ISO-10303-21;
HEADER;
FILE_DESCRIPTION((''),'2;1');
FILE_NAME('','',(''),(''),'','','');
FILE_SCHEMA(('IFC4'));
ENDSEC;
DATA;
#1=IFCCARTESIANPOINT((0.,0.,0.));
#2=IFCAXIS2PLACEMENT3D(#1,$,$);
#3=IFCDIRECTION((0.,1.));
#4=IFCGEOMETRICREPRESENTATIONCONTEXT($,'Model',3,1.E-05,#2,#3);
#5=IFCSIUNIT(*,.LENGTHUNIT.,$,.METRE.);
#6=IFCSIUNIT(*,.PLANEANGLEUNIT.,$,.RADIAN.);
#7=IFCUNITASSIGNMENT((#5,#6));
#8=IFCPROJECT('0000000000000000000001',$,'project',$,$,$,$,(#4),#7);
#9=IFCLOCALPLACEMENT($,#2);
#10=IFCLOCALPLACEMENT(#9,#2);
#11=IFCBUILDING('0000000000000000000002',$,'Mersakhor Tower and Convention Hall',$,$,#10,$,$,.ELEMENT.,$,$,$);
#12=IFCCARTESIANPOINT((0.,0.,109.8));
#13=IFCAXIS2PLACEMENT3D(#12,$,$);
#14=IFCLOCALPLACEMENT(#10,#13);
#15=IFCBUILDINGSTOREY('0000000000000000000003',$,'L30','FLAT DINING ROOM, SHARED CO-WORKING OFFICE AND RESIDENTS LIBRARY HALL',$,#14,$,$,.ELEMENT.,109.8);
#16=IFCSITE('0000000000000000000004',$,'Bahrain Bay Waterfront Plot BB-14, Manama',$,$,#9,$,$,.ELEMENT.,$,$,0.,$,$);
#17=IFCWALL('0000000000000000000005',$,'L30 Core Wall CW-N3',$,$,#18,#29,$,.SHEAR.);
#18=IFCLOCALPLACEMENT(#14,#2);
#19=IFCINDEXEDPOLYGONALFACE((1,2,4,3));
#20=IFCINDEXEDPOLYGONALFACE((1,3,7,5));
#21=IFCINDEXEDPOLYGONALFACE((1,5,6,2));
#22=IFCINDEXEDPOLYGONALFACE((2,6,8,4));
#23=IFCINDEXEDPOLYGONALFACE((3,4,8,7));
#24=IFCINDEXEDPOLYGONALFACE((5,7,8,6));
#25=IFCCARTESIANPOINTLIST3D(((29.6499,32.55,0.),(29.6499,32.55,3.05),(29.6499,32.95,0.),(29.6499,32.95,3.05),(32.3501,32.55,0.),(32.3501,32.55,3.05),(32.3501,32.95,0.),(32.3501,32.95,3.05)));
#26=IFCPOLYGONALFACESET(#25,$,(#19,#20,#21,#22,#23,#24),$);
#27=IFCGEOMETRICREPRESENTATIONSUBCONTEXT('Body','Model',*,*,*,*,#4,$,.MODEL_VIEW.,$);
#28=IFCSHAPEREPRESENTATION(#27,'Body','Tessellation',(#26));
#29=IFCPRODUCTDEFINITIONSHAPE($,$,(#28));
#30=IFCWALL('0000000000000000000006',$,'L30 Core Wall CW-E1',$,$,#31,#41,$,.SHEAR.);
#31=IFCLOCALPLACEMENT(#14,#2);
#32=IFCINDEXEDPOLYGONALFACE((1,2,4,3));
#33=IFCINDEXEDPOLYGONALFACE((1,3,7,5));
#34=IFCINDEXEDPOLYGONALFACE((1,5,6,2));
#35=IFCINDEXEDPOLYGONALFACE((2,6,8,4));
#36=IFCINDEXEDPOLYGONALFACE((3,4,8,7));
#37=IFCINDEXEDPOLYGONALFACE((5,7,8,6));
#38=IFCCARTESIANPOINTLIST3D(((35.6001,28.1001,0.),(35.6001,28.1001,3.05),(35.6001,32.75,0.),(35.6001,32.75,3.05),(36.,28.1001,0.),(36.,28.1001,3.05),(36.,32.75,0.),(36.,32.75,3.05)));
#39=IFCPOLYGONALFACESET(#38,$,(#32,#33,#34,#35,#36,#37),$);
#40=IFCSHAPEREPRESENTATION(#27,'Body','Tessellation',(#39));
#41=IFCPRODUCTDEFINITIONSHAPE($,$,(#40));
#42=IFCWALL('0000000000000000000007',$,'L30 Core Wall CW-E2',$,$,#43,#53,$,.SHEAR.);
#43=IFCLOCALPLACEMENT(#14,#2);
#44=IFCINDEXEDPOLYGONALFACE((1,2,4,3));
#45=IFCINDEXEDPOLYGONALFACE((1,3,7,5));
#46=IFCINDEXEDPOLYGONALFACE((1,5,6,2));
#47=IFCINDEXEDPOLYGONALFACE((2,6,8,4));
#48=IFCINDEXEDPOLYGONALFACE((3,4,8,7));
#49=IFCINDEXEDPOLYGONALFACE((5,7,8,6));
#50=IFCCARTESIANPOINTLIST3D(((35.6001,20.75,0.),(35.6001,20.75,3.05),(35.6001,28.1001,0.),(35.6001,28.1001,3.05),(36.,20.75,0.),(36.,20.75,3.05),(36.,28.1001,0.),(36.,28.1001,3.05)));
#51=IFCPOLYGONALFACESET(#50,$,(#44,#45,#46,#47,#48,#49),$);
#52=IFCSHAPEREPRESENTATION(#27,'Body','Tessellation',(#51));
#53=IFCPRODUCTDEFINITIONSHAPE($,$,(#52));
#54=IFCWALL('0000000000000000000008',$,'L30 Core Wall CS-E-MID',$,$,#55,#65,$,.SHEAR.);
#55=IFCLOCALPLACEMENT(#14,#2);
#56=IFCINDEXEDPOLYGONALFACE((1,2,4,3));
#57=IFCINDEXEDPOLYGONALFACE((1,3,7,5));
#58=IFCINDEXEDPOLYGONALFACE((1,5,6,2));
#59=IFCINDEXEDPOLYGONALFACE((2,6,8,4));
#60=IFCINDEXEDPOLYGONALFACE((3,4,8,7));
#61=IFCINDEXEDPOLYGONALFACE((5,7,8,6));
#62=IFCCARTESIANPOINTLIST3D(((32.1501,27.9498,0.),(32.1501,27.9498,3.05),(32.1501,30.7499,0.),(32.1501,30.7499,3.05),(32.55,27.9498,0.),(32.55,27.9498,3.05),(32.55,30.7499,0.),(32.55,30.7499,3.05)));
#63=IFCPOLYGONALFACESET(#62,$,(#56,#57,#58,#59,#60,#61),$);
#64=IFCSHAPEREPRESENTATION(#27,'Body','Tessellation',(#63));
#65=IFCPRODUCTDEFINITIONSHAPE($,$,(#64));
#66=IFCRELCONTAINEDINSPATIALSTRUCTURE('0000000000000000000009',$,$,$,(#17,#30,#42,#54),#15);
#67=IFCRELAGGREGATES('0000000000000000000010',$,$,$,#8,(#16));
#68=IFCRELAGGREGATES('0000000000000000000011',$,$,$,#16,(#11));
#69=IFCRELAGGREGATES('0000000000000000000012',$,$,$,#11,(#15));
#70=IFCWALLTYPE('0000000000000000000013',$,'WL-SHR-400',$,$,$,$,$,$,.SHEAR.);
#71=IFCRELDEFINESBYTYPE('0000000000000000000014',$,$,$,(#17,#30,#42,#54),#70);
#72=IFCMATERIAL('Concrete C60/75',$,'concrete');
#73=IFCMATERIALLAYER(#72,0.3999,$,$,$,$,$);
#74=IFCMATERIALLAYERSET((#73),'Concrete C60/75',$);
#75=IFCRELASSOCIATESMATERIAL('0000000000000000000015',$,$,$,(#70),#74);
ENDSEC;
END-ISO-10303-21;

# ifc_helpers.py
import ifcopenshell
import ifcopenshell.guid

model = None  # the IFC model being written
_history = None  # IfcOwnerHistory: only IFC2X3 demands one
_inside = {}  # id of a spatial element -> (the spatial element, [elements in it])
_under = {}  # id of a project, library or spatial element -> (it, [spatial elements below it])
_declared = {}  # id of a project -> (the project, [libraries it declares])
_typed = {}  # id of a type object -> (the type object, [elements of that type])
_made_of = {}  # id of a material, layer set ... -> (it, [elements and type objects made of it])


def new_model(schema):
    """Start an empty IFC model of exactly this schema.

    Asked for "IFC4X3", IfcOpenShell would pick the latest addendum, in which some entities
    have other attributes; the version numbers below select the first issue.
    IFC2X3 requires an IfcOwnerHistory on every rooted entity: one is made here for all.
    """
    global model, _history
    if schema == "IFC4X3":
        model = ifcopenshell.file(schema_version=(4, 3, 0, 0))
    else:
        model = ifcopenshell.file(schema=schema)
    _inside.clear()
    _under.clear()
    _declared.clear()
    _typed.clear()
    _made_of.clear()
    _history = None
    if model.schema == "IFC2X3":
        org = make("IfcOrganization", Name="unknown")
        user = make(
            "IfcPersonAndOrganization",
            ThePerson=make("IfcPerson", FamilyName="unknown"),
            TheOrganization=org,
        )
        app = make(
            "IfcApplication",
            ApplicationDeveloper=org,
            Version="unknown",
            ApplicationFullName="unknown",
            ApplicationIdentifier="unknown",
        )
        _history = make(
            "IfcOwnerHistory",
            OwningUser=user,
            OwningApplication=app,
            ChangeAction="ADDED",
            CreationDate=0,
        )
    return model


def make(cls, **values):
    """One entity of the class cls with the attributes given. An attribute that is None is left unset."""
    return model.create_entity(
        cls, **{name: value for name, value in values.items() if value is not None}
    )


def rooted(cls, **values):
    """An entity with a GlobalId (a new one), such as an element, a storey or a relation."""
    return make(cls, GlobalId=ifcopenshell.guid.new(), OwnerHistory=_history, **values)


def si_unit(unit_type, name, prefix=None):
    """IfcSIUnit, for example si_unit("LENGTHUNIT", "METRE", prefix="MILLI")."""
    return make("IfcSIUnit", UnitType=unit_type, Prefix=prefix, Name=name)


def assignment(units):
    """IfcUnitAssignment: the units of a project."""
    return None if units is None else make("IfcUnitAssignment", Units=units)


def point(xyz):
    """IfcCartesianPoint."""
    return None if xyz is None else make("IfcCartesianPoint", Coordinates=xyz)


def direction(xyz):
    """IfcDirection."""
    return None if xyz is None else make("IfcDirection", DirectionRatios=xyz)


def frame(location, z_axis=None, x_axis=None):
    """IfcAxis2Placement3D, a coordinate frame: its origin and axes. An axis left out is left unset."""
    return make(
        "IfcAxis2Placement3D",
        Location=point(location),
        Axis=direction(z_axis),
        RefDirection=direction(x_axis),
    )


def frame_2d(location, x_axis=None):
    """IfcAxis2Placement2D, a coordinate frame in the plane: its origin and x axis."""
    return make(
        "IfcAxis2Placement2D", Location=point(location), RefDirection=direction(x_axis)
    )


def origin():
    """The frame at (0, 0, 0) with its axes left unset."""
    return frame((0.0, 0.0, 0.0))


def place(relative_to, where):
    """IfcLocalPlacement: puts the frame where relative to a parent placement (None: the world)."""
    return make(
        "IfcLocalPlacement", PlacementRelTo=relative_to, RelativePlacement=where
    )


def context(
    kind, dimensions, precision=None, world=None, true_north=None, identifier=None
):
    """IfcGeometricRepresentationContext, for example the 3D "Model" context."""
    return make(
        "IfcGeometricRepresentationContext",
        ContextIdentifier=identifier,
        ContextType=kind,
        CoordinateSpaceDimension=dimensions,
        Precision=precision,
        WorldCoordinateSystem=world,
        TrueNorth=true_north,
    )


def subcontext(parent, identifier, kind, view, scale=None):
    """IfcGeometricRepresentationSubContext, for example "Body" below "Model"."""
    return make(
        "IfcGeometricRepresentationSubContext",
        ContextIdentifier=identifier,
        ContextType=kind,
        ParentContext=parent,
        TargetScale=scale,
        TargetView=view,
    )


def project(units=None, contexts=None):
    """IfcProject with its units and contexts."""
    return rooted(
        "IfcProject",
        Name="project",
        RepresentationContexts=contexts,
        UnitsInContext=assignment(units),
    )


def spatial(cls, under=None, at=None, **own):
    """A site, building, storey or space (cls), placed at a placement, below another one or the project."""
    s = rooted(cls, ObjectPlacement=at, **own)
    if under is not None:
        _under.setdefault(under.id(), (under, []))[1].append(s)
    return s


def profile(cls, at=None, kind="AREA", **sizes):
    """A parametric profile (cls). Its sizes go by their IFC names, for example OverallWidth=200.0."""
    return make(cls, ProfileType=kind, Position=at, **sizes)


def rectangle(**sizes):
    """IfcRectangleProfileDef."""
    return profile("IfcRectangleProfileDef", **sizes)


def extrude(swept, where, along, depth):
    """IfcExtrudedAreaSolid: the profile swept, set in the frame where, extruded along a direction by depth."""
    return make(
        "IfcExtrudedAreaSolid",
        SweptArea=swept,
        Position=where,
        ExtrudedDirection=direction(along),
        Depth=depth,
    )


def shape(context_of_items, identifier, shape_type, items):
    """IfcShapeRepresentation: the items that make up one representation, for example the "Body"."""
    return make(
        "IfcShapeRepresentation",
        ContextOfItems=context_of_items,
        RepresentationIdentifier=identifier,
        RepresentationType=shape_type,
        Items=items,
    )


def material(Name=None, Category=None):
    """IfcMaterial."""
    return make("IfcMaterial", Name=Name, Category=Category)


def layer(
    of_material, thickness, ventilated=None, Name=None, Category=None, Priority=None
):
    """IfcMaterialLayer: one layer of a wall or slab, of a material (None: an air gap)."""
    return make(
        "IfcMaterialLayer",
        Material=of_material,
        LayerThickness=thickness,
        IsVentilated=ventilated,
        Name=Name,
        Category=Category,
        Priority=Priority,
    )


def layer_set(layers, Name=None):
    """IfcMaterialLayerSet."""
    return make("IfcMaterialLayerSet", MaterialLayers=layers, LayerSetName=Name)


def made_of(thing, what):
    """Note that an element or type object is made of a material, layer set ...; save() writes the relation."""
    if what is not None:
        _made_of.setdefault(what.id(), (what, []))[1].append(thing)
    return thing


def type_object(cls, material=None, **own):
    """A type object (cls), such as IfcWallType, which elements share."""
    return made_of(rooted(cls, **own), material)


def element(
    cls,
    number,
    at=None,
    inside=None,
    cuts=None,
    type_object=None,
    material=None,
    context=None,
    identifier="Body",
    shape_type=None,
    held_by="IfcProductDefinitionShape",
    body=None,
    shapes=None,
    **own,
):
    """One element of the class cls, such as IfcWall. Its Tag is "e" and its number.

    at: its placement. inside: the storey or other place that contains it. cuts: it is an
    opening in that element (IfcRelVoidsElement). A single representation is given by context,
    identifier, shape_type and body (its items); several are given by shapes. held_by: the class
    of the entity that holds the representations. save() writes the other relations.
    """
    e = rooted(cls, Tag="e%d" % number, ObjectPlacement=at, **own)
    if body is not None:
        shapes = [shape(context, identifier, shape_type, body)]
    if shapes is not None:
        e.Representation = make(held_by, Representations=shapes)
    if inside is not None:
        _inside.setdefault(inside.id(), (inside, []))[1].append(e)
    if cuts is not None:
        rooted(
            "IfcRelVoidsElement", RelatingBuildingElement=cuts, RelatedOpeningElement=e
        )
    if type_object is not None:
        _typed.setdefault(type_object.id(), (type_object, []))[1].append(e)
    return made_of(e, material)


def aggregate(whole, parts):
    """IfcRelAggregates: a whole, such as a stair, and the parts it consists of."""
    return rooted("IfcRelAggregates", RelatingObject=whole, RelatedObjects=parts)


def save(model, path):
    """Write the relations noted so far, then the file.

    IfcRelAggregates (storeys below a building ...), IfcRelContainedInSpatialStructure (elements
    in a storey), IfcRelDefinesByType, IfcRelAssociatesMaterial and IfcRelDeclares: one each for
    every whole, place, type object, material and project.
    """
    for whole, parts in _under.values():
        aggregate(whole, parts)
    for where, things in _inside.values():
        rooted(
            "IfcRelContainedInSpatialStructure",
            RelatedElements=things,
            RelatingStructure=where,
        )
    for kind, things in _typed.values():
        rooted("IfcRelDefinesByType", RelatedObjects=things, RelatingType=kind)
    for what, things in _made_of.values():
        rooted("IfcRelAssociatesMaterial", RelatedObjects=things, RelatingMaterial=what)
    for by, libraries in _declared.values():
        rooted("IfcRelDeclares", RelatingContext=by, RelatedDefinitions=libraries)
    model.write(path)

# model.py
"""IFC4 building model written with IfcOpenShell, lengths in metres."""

from ifc_helpers import new_model, si_unit, direction, frame, frame_2d, origin, place, context, subcontext, project, spatial, rectangle, extrude, material, layer, layer_set, type_object, element, save


model = new_model("IFC4")

# Units and contexts
model_context = context("Model", 3, precision=1e-05, world=origin(), true_north=direction((0.0, 1.0)))
body_context = subcontext(model_context, "Body", "Model", "MODEL_VIEW")
ifc_project = project(units=[si_unit("LENGTHUNIT", "METRE"), si_unit("PLANEANGLEUNIT", "RADIAN")], contexts=[model_context])

# Site, building, storey
site_placement = place(None, origin())
site = spatial("IfcSite", under=ifc_project, at=site_placement, Name="Bahrain Bay Waterfront Plot BB-14, Manama", CompositionType="ELEMENT", RefElevation=0.0)
building_placement = place(site_placement, origin())
building = spatial("IfcBuilding", under=site, at=building_placement, Name="Mersakhor Tower and Convention Hall", CompositionType="ELEMENT")
storey_placement = place(building_placement, frame((0.0, 0.0, 109.8)))
storey = spatial("IfcBuildingStorey", under=building, at=storey_placement, Name="L30", Description="FLAT DINING ROOM, SHARED CO-WORKING OFFICE AND RESIDENTS LIBRARY HALL", CompositionType="ELEMENT", Elevation=109.8)

# Wall
ifc_material_1 = material(Name="Concrete C60/75", Category="concrete")
ifc_layer_1 = layer(ifc_material_1, 0.3999)
ifc_layer_set_1 = layer_set([ifc_layer_1], Name="Concrete C60/75")
wall_type_1 = type_object("IfcWallType", Name="WL-SHR-400", PredefinedType="SHEAR", material=ifc_layer_set_1)
wall_1_placement = place(storey_placement, frame((29.6499, 32.75, 0.0), z_axis=(0.0, 0.0, 1.0), x_axis=(1.0, 0.0, 0.0)))
element("IfcWall", 1, at=wall_1_placement, inside=storey, type_object=wall_type_1, Name="L30 Core Wall CW-N3", PredefinedType="SHEAR", context=body_context, shape_type="SweptSolid", body=[
    extrude(rectangle(XDim=2.7002, YDim=0.3999, at=frame_2d((1.3501, 0.0))), origin(), (0.0, 0.0, 1.0), 3.05),
])

# Walls
wall_2_placement = place(storey_placement, frame((35.8, 32.75, 0.0), z_axis=(0.0, 0.0, 1.0), x_axis=(0.0, -1.0, 0.0)))
element("IfcWall", 2, at=wall_2_placement, inside=storey, type_object=wall_type_1, Name="L30 Core Wall CW-E1", PredefinedType="SHEAR", context=body_context, shape_type="SweptSolid", body=[
    extrude(rectangle(XDim=4.6499, YDim=0.3999, at=frame_2d((2.325, 0.0))), origin(), (0.0, 0.0, 1.0), 3.05),
])
wall_3_placement = place(storey_placement, frame((35.8, 28.1001, 0.0), z_axis=(0.0, 0.0, 1.0), x_axis=(0.0, -1.0, 0.0)))
element("IfcWall", 3, at=wall_3_placement, inside=storey, type_object=wall_type_1, Name="L30 Core Wall CW-E2", PredefinedType="SHEAR", context=body_context, shape_type="SweptSolid", body=[
    extrude(rectangle(XDim=7.3501, YDim=0.3999, at=frame_2d((3.675, 0.0))), origin(), (0.0, 0.0, 1.0), 3.05),
])
wall_4_placement = place(storey_placement, frame((32.3501, 27.95, 0.0), z_axis=(0.0, 0.0, 1.0), x_axis=(0.0, 1.0, 0.0)))
element("IfcWall", 4, at=wall_4_placement, inside=storey, type_object=wall_type_1, Name="L30 Core Wall CS-E-MID", PredefinedType="SHEAR", context=body_context, shape_type="SweptSolid", body=[
    extrude(rectangle(XDim=2.8, YDim=0.3999, at=frame_2d((1.3999, 0.0))), origin(), (0.0, 0.0, 1.0), 3.05),
])

save(model, "model.ifc")
